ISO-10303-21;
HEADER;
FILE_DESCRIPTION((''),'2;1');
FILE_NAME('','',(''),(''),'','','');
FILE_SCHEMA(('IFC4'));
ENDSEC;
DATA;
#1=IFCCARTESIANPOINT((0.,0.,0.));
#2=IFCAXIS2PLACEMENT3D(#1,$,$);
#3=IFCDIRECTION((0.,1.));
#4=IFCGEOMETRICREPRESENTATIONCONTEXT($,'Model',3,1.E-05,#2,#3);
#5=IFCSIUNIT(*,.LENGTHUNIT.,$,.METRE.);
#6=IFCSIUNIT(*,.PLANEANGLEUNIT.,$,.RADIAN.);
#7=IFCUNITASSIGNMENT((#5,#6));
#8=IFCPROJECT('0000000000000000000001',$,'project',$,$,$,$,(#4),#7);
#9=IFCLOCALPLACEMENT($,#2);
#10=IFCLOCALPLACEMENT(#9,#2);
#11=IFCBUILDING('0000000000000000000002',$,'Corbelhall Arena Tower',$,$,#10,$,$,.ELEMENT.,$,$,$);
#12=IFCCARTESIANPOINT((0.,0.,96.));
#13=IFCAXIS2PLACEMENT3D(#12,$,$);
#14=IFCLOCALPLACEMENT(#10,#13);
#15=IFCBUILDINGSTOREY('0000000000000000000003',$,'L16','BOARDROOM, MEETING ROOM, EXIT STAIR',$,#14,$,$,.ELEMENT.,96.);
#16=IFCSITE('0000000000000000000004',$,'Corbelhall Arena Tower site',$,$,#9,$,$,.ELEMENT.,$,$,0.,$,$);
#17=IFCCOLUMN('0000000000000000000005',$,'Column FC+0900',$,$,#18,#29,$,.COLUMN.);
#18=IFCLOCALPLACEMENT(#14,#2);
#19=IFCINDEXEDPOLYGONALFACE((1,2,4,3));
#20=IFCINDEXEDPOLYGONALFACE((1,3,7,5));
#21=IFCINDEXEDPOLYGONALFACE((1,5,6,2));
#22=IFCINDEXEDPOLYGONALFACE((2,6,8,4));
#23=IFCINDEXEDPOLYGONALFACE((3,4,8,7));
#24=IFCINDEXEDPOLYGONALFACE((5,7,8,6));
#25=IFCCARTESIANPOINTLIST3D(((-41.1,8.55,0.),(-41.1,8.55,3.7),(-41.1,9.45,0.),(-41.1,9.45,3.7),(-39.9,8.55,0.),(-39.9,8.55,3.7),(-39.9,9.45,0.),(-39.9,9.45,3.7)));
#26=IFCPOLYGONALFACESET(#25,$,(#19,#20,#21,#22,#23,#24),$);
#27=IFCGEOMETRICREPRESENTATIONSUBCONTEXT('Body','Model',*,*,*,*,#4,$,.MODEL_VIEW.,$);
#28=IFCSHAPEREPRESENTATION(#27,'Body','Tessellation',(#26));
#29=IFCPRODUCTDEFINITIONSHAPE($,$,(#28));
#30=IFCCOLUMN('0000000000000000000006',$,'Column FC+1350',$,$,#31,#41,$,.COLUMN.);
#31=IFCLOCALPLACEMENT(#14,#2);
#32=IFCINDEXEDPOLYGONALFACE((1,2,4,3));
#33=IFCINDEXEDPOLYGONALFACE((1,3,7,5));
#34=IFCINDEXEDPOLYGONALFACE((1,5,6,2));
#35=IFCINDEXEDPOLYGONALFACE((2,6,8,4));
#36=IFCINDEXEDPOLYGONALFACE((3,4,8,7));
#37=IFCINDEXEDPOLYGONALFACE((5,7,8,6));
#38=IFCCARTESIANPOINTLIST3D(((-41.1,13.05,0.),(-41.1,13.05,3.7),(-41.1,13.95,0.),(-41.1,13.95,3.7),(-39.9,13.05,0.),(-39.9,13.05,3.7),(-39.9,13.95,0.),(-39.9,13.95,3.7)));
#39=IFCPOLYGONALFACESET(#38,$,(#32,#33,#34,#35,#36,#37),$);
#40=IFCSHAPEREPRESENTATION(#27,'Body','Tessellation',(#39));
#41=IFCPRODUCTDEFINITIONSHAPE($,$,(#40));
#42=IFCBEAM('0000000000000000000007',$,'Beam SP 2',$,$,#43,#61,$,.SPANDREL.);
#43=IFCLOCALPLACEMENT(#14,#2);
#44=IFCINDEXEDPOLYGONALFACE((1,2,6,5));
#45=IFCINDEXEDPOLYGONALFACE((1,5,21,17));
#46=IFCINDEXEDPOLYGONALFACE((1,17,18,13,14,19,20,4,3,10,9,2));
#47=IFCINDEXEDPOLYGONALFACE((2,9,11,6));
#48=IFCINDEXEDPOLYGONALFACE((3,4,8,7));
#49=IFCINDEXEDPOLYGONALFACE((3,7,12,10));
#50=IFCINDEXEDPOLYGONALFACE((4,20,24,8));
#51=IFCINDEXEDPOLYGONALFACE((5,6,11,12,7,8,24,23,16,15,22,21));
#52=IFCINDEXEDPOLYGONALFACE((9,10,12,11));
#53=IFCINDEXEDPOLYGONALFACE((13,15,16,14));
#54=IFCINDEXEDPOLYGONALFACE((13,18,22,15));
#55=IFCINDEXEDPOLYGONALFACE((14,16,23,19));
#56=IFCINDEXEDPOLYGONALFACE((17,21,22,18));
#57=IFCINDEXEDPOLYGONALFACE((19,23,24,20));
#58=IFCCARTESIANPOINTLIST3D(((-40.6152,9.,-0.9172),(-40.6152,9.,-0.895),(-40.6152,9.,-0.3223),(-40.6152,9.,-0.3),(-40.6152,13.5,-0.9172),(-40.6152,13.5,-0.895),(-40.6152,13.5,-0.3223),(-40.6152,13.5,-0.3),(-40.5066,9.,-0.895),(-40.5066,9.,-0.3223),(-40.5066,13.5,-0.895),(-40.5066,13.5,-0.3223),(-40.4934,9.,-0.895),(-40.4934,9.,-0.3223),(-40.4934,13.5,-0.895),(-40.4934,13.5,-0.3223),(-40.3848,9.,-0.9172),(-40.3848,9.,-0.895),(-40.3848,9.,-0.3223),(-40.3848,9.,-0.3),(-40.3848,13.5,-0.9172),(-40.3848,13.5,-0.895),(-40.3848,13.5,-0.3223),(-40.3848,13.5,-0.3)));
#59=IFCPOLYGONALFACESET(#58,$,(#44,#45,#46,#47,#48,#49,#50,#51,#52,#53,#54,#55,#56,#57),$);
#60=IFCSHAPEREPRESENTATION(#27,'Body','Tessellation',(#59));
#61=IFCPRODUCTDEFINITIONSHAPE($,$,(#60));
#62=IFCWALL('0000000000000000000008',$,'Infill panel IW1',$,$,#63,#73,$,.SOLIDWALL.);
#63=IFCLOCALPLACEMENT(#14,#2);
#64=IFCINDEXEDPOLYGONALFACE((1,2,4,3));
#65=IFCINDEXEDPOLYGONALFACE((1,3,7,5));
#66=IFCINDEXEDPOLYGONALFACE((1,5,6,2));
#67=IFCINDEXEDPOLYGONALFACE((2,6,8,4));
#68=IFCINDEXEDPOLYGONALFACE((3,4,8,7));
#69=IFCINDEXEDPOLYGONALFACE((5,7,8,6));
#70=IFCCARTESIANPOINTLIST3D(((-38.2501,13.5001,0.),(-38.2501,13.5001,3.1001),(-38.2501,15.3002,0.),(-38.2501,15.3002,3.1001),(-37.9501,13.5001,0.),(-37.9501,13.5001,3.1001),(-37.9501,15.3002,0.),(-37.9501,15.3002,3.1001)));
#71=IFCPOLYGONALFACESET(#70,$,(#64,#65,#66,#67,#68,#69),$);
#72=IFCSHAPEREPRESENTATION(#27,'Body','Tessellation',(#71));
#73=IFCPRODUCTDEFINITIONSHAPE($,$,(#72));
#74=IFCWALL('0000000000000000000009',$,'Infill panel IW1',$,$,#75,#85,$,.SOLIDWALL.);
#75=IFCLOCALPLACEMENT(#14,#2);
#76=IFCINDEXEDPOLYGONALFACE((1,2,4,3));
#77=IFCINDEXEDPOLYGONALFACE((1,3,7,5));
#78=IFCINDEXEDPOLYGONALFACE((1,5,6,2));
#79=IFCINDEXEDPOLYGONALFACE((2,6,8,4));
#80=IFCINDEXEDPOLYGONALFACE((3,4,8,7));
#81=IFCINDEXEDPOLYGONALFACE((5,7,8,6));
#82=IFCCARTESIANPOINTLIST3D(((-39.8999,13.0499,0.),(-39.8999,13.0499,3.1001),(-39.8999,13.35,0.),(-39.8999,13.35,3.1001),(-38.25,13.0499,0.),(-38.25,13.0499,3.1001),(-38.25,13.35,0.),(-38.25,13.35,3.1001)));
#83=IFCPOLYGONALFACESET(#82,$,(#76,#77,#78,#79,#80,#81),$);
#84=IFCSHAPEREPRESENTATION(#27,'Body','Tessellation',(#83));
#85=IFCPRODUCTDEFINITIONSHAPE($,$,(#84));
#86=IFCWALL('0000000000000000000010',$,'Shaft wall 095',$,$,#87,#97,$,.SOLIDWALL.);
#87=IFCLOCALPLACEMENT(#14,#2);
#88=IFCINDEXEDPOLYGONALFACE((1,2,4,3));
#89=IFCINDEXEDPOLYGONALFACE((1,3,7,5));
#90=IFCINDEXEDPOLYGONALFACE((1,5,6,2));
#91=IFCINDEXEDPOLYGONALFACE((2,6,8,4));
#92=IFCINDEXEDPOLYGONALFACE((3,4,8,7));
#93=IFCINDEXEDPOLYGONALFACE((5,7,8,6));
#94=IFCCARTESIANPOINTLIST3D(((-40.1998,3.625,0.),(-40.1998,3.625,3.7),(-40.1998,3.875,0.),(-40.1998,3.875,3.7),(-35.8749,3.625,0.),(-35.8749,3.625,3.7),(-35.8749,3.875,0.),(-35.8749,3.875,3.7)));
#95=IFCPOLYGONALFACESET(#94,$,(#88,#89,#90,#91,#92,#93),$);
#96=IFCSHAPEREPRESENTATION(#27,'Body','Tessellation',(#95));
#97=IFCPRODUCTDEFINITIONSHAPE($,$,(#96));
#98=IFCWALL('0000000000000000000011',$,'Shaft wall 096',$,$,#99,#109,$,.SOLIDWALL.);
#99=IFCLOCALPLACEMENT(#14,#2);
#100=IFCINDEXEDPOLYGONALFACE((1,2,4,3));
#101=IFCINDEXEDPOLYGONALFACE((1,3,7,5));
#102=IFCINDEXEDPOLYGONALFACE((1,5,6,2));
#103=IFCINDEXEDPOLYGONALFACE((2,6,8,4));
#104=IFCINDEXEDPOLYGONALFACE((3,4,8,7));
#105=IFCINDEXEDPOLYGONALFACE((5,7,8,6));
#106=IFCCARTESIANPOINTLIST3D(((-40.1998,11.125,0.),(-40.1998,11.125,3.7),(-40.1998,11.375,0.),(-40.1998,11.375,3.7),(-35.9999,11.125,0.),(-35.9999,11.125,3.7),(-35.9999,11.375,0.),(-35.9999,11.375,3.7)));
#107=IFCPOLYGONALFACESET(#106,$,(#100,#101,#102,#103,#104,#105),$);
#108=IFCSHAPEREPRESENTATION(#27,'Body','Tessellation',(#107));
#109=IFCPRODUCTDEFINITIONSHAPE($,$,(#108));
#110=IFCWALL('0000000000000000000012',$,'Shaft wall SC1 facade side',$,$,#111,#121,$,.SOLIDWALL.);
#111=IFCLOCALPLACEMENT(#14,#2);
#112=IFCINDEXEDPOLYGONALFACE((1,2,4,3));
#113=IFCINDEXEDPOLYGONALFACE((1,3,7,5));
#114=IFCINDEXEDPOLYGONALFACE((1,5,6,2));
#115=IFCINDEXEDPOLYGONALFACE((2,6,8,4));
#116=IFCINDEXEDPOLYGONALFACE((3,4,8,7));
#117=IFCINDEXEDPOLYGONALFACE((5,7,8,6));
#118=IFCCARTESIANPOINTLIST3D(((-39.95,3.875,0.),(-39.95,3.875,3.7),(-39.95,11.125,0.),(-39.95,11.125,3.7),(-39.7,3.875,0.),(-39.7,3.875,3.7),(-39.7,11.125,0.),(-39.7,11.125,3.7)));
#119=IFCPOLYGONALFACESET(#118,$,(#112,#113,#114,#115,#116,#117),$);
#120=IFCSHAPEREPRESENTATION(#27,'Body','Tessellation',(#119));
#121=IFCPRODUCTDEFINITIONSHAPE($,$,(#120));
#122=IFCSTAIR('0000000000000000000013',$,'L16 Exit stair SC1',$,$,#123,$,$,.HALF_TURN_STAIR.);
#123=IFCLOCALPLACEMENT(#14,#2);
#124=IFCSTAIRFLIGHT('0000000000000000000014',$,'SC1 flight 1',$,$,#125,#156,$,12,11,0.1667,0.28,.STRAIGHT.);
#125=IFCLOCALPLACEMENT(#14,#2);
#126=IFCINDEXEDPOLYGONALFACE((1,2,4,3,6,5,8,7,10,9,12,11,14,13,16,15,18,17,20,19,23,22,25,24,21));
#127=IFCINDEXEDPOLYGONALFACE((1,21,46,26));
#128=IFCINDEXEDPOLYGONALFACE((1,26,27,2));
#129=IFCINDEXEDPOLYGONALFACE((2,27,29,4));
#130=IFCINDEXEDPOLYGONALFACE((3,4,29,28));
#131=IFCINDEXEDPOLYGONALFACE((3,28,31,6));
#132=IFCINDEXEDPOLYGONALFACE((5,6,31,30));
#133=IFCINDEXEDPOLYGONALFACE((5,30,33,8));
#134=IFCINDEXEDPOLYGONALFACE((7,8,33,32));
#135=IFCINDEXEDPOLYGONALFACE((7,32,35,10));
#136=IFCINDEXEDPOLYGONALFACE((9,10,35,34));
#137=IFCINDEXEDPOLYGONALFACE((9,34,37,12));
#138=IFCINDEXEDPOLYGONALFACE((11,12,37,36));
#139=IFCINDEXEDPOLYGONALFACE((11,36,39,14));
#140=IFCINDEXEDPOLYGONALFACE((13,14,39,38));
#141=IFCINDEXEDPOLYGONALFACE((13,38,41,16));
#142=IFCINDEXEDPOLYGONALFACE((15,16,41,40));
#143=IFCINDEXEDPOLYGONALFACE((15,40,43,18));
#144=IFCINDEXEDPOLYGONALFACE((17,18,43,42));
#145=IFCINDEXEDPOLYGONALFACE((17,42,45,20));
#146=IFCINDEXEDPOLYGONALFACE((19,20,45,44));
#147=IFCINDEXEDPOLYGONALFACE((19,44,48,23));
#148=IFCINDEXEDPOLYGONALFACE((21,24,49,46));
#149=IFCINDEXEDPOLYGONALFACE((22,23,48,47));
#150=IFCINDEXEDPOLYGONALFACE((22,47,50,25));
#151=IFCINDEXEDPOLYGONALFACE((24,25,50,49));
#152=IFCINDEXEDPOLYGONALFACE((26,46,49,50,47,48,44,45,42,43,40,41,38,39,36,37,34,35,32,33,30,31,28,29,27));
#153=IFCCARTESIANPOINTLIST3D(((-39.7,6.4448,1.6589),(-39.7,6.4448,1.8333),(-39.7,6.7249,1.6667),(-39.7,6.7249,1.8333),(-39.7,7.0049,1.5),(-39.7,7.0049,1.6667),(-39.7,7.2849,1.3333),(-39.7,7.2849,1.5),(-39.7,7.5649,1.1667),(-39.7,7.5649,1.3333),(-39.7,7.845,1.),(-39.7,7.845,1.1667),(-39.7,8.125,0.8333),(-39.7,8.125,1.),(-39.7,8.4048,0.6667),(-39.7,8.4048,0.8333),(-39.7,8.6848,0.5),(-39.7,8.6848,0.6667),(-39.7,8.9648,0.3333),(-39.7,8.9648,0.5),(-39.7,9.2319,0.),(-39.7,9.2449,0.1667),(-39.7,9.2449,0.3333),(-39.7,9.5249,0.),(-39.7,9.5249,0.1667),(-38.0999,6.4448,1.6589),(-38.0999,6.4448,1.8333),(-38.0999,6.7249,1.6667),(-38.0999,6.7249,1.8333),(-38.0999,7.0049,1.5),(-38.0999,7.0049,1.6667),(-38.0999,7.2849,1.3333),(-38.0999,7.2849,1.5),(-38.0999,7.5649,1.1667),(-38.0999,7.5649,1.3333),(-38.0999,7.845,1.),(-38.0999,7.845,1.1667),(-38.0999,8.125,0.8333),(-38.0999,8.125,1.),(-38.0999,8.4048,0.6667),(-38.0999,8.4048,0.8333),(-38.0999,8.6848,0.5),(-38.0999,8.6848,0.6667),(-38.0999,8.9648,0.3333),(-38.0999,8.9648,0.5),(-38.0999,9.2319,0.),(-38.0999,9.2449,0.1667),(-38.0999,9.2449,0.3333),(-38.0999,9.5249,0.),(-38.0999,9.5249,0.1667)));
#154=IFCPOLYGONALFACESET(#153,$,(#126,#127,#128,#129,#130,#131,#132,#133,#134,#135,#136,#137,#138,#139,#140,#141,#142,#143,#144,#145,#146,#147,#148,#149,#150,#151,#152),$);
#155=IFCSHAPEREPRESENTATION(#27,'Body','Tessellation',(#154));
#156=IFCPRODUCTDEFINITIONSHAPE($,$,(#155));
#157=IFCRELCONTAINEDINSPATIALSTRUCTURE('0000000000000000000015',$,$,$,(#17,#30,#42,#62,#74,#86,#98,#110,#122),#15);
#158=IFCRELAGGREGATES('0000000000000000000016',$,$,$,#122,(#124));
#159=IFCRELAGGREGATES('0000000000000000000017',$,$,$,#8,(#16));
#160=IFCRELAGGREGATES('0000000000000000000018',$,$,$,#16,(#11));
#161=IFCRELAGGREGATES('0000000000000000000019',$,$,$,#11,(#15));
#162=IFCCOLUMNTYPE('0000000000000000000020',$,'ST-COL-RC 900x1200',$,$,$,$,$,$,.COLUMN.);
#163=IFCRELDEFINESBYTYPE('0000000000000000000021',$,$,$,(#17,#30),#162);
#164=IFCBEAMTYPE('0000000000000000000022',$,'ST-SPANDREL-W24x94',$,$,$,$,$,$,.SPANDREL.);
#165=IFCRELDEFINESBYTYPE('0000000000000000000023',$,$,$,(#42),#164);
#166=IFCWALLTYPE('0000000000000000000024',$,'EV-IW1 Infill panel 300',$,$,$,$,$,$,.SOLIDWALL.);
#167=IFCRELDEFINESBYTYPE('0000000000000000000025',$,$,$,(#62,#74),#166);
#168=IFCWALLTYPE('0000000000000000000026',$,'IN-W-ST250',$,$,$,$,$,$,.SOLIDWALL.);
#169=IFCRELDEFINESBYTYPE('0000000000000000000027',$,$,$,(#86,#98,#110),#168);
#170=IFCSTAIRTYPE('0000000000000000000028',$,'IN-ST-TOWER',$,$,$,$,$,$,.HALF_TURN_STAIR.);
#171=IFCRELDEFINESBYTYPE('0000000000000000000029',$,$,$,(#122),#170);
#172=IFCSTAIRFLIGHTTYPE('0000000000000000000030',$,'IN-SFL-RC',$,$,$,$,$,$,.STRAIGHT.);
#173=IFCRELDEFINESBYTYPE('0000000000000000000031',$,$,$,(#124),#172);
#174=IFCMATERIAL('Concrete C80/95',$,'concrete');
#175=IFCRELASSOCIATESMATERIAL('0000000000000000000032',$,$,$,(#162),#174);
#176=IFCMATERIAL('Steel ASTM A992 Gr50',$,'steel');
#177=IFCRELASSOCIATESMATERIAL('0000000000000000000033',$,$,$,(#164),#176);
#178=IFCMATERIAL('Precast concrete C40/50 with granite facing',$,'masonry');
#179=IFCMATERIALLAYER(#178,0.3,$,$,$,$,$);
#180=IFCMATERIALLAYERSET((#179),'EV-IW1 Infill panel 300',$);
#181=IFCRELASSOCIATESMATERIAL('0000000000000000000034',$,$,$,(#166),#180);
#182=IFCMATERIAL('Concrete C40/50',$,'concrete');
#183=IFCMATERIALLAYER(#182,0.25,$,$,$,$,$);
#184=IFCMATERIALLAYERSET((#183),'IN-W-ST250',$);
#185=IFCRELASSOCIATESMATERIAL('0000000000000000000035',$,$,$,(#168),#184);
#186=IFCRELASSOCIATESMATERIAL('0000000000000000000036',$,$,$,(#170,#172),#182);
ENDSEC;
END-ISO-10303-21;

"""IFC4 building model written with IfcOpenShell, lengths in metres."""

from ifc_helpers import new_model, si_unit, direction, frame, frame_2d, origin, origin_2d, place, context, subcontext, project, spatial, polyline, rectangle, i_section, outline, extrude, material, layer, layer_set, material_profile, profile_set, type_object, element, aggregate, save


model = new_model("IFC4")

# Units and contexts
model_context = context("Model", 3, precision=1e-05, world=origin(), true_north=direction((0.0, 1.0)))
body_context = subcontext(model_context, "Body", "Model", "MODEL_VIEW")
ifc_project = project(units=[si_unit("LENGTHUNIT", "METRE"), si_unit("PLANEANGLEUNIT", "RADIAN")], contexts=[model_context])

# Site, building, storey
site_placement = place(None, origin())
site = spatial("IfcSite", under=ifc_project, at=site_placement, Name="Corbelhall Arena Tower site", CompositionType="ELEMENT", RefElevation=0.0)
building_placement = place(site_placement, origin())
building = spatial("IfcBuilding", under=site, at=building_placement, Name="Corbelhall Arena Tower", CompositionType="ELEMENT")
storey_placement = place(building_placement, frame((0.0, 0.0, 96.0)))
storey = spatial("IfcBuildingStorey", under=building, at=storey_placement, Name="L16", Description="BOARDROOM, MEETING ROOM, EXIT STAIR", CompositionType="ELEMENT", Elevation=96.0)

# Columns
ifc_material_1 = material(Name="Concrete C80/95", Category="concrete")
ifc_material_profile_1 = material_profile(ifc_material_1, rectangle(XDim=0.8999, YDim=1.2, at=origin_2d()))
ifc_profile_set_1 = profile_set([ifc_material_profile_1], Name="Concrete C80/95")
column_type = type_object("IfcColumnType", Name="ST-COL-RC 900x1200", PredefinedType="COLUMN", material=ifc_profile_set_1)
for number, where, z_axis, x_axis, name in (
    (1, (-40.5, 9.0, 0.0), (0.0, 0.0, 1.0), (0.0, 1.0, 0.0), "Column FC+0900"),
    (2, (-40.5, 13.5, 0.0), (0.0, 0.0, 1.0), (0.0, 1.0, 0.0), "Column FC+1350"),
):
    element("IfcColumn", number, at=place(storey_placement, frame(where, z_axis=z_axis, x_axis=x_axis)), inside=storey, type_object=column_type, Name=name, PredefinedType="COLUMN", context=body_context, shape_type="SweptSolid", body=[
        extrude(rectangle(XDim=0.8999, YDim=1.2, at=origin_2d()), origin(), (0.0, 0.0, 1.0), 3.7),
    ])

# Beam
ifc_material_2 = material(Name="Steel ASTM A992 Gr50", Category="steel")
ifc_material_profile_2 = material_profile(ifc_material_2, i_section(OverallWidth=0.2305, OverallDepth=0.6172, WebThickness=0.0132, FlangeThickness=0.0222, at=origin_2d()))
ifc_profile_set_2 = profile_set([ifc_material_profile_2], Name="Steel ASTM A992 Gr50")
beam_type = type_object("IfcBeamType", Name="ST-SPANDREL-W24x94", PredefinedType="SPANDREL", material=ifc_profile_set_2)
beam_placement = place(storey_placement, frame((-40.5, 9.0, -0.6086), z_axis=(0.0, 1.0, 0.0), x_axis=(-1.0, 0.0, 0.0)))
element("IfcBeam", 3, at=beam_placement, inside=storey, type_object=beam_type, Name="Beam SP 2", PredefinedType="SPANDREL", context=body_context, shape_type="SweptSolid", body=[
    extrude(i_section(OverallWidth=0.2305, OverallDepth=0.6172, WebThickness=0.0132, FlangeThickness=0.0222, at=origin_2d()), origin(), (0.0, 0.0, 1.0), 4.5),
])

# Walls
ifc_material_3 = material(Name="Precast concrete C40/50 with granite facing", Category="masonry")
ifc_layer_1 = layer(ifc_material_3, 0.3)
ifc_layer_set_1 = layer_set([ifc_layer_1], Name="EV-IW1 Infill panel 300")
wall_type_1 = type_object("IfcWallType", Name="EV-IW1 Infill panel 300", PredefinedType="SOLIDWALL", material=ifc_layer_set_1)
wall_1_placement = place(storey_placement, frame((-38.1001, 15.3, 0.0), z_axis=(0.0, 0.0, 1.0), x_axis=(0.0, -1.0, 0.0)))
element("IfcWall", 4, at=wall_1_placement, inside=storey, type_object=wall_type_1, Name="Infill panel IW1", PredefinedType="SOLIDWALL", context=body_context, shape_type="SweptSolid", body=[
    extrude(rectangle(XDim=1.8, YDim=0.3, at=frame_2d((0.8999, 0.0))), origin(), (0.0, 0.0, 1.0), 3.1001),
])
wall_2_placement = place(storey_placement, frame((-39.8999, 13.2, 0.0), z_axis=(0.0, 0.0, 1.0), x_axis=(1.0, 0.0, 0.0)))
element("IfcWall", 5, at=wall_2_placement, inside=storey, type_object=wall_type_1, Name="Infill panel IW1", PredefinedType="SOLIDWALL", context=body_context, shape_type="SweptSolid", body=[
    extrude(rectangle(XDim=1.6499, YDim=0.3, at=frame_2d((0.825, 0.0))), origin(), (0.0, 0.0, 1.0), 3.1001),
])

# Walls
ifc_material_4 = material(Name="Concrete C40/50", Category="concrete")
ifc_layer_2 = layer(ifc_material_4, 0.25)
ifc_layer_set_2 = layer_set([ifc_layer_2], Name="IN-W-ST250")
wall_type_2 = type_object("IfcWallType", Name="IN-W-ST250", PredefinedType="SOLIDWALL", material=ifc_layer_set_2)
wall_3_placement = place(storey_placement, frame((-40.2, 3.75, 0.0), z_axis=(0.0, 0.0, 1.0), x_axis=(1.0, 0.0, 0.0)))
element("IfcWall", 6, at=wall_3_placement, inside=storey, type_object=wall_type_2, Name="Shaft wall 095", PredefinedType="SOLIDWALL", context=body_context, shape_type="SweptSolid", body=[
    extrude(rectangle(XDim=4.325, YDim=0.25, at=frame_2d((2.1626, 0.0))), origin(), (0.0, 0.0, 1.0), 3.7),
])
wall_4_placement = place(storey_placement, frame((-40.2, 11.25, 0.0), z_axis=(0.0, 0.0, 1.0), x_axis=(1.0, 0.0, 0.0)))
element("IfcWall", 7, at=wall_4_placement, inside=storey, type_object=wall_type_2, Name="Shaft wall 096", PredefinedType="SOLIDWALL", context=body_context, shape_type="SweptSolid", body=[
    extrude(rectangle(XDim=4.2, YDim=0.25, at=frame_2d((2.1001, 0.0))), origin(), (0.0, 0.0, 1.0), 3.7),
])
wall_5_placement = place(storey_placement, frame((-39.825, 3.875, 0.0), z_axis=(0.0, 0.0, 1.0), x_axis=(0.0, 1.0, 0.0)))
element("IfcWall", 8, at=wall_5_placement, inside=storey, type_object=wall_type_2, Name="Shaft wall SC1 facade side", PredefinedType="SOLIDWALL", context=body_context, shape_type="SweptSolid", body=[
    extrude(rectangle(XDim=7.25, YDim=0.25, at=frame_2d((3.625, 0.0))), origin(), (0.0, 0.0, 1.0), 3.7),
])

# Stair, stair flight
stair_type = type_object("IfcStairType", Name="IN-ST-TOWER", PredefinedType="HALF_TURN_STAIR", material=ifc_material_4)
stair_placement = place(storey_placement, origin())
stair = element("IfcStair", 9, at=stair_placement, inside=storey, type_object=stair_type, Name="L16 Exit stair SC1", PredefinedType="HALF_TURN_STAIR")
stair_flight_type = type_object("IfcStairFlightType", Name="IN-SFL-RC", PredefinedType="STRAIGHT", material=ifc_material_4)
stair_flight_1_placement = place(storey_placement, frame((-38.8999, 9.5249, 0.0), z_axis=(0.0, 0.0, 1.0), x_axis=(0.0, -1.0, 0.0)))
stair_flight_1 = element("IfcStairFlight", 10, at=stair_flight_1_placement, type_object=stair_flight_type, Name="SC1 flight 1", NumberOfRisers=12, NumberOfTreads=11, PredefinedType="STRAIGHT", RiserHeight=0.1667, TreadLength=0.28, context=body_context, shape_type="SweptSolid", body=[
    extrude(outline(polyline([(0.0, 0.0), (0.0, 0.1667), (0.28, 0.1667), (0.28, 0.3333), (0.5601, 0.3333), (0.5601, 0.5), (0.8401, 0.5), (0.8401, 0.6667), (1.1201, 0.6667), (1.1201, 0.8333), (1.3999, 0.8333), (1.3999, 1.0), (1.6799, 1.0), (1.6799, 1.1667), (1.96, 1.1667), (1.96, 1.3333), (2.24, 1.3333), (2.24, 1.5), (2.52, 1.5), (2.52, 1.6667), (2.8, 1.6667), (2.8, 1.8333), (3.0801, 1.8333), (3.0801, 2.0), (3.0801, 1.6589), (0.293, 0.0), (0.0, 0.0)])), frame((0.0, 0.8, 0.0), z_axis=(0.0, -1.0, 0.0), x_axis=(1.0, 0.0, 0.0)), (0.0, 0.0, 1.0), 1.6001),
])
aggregate(stair, [stair_flight_1])

save(model, "model.ifc")
